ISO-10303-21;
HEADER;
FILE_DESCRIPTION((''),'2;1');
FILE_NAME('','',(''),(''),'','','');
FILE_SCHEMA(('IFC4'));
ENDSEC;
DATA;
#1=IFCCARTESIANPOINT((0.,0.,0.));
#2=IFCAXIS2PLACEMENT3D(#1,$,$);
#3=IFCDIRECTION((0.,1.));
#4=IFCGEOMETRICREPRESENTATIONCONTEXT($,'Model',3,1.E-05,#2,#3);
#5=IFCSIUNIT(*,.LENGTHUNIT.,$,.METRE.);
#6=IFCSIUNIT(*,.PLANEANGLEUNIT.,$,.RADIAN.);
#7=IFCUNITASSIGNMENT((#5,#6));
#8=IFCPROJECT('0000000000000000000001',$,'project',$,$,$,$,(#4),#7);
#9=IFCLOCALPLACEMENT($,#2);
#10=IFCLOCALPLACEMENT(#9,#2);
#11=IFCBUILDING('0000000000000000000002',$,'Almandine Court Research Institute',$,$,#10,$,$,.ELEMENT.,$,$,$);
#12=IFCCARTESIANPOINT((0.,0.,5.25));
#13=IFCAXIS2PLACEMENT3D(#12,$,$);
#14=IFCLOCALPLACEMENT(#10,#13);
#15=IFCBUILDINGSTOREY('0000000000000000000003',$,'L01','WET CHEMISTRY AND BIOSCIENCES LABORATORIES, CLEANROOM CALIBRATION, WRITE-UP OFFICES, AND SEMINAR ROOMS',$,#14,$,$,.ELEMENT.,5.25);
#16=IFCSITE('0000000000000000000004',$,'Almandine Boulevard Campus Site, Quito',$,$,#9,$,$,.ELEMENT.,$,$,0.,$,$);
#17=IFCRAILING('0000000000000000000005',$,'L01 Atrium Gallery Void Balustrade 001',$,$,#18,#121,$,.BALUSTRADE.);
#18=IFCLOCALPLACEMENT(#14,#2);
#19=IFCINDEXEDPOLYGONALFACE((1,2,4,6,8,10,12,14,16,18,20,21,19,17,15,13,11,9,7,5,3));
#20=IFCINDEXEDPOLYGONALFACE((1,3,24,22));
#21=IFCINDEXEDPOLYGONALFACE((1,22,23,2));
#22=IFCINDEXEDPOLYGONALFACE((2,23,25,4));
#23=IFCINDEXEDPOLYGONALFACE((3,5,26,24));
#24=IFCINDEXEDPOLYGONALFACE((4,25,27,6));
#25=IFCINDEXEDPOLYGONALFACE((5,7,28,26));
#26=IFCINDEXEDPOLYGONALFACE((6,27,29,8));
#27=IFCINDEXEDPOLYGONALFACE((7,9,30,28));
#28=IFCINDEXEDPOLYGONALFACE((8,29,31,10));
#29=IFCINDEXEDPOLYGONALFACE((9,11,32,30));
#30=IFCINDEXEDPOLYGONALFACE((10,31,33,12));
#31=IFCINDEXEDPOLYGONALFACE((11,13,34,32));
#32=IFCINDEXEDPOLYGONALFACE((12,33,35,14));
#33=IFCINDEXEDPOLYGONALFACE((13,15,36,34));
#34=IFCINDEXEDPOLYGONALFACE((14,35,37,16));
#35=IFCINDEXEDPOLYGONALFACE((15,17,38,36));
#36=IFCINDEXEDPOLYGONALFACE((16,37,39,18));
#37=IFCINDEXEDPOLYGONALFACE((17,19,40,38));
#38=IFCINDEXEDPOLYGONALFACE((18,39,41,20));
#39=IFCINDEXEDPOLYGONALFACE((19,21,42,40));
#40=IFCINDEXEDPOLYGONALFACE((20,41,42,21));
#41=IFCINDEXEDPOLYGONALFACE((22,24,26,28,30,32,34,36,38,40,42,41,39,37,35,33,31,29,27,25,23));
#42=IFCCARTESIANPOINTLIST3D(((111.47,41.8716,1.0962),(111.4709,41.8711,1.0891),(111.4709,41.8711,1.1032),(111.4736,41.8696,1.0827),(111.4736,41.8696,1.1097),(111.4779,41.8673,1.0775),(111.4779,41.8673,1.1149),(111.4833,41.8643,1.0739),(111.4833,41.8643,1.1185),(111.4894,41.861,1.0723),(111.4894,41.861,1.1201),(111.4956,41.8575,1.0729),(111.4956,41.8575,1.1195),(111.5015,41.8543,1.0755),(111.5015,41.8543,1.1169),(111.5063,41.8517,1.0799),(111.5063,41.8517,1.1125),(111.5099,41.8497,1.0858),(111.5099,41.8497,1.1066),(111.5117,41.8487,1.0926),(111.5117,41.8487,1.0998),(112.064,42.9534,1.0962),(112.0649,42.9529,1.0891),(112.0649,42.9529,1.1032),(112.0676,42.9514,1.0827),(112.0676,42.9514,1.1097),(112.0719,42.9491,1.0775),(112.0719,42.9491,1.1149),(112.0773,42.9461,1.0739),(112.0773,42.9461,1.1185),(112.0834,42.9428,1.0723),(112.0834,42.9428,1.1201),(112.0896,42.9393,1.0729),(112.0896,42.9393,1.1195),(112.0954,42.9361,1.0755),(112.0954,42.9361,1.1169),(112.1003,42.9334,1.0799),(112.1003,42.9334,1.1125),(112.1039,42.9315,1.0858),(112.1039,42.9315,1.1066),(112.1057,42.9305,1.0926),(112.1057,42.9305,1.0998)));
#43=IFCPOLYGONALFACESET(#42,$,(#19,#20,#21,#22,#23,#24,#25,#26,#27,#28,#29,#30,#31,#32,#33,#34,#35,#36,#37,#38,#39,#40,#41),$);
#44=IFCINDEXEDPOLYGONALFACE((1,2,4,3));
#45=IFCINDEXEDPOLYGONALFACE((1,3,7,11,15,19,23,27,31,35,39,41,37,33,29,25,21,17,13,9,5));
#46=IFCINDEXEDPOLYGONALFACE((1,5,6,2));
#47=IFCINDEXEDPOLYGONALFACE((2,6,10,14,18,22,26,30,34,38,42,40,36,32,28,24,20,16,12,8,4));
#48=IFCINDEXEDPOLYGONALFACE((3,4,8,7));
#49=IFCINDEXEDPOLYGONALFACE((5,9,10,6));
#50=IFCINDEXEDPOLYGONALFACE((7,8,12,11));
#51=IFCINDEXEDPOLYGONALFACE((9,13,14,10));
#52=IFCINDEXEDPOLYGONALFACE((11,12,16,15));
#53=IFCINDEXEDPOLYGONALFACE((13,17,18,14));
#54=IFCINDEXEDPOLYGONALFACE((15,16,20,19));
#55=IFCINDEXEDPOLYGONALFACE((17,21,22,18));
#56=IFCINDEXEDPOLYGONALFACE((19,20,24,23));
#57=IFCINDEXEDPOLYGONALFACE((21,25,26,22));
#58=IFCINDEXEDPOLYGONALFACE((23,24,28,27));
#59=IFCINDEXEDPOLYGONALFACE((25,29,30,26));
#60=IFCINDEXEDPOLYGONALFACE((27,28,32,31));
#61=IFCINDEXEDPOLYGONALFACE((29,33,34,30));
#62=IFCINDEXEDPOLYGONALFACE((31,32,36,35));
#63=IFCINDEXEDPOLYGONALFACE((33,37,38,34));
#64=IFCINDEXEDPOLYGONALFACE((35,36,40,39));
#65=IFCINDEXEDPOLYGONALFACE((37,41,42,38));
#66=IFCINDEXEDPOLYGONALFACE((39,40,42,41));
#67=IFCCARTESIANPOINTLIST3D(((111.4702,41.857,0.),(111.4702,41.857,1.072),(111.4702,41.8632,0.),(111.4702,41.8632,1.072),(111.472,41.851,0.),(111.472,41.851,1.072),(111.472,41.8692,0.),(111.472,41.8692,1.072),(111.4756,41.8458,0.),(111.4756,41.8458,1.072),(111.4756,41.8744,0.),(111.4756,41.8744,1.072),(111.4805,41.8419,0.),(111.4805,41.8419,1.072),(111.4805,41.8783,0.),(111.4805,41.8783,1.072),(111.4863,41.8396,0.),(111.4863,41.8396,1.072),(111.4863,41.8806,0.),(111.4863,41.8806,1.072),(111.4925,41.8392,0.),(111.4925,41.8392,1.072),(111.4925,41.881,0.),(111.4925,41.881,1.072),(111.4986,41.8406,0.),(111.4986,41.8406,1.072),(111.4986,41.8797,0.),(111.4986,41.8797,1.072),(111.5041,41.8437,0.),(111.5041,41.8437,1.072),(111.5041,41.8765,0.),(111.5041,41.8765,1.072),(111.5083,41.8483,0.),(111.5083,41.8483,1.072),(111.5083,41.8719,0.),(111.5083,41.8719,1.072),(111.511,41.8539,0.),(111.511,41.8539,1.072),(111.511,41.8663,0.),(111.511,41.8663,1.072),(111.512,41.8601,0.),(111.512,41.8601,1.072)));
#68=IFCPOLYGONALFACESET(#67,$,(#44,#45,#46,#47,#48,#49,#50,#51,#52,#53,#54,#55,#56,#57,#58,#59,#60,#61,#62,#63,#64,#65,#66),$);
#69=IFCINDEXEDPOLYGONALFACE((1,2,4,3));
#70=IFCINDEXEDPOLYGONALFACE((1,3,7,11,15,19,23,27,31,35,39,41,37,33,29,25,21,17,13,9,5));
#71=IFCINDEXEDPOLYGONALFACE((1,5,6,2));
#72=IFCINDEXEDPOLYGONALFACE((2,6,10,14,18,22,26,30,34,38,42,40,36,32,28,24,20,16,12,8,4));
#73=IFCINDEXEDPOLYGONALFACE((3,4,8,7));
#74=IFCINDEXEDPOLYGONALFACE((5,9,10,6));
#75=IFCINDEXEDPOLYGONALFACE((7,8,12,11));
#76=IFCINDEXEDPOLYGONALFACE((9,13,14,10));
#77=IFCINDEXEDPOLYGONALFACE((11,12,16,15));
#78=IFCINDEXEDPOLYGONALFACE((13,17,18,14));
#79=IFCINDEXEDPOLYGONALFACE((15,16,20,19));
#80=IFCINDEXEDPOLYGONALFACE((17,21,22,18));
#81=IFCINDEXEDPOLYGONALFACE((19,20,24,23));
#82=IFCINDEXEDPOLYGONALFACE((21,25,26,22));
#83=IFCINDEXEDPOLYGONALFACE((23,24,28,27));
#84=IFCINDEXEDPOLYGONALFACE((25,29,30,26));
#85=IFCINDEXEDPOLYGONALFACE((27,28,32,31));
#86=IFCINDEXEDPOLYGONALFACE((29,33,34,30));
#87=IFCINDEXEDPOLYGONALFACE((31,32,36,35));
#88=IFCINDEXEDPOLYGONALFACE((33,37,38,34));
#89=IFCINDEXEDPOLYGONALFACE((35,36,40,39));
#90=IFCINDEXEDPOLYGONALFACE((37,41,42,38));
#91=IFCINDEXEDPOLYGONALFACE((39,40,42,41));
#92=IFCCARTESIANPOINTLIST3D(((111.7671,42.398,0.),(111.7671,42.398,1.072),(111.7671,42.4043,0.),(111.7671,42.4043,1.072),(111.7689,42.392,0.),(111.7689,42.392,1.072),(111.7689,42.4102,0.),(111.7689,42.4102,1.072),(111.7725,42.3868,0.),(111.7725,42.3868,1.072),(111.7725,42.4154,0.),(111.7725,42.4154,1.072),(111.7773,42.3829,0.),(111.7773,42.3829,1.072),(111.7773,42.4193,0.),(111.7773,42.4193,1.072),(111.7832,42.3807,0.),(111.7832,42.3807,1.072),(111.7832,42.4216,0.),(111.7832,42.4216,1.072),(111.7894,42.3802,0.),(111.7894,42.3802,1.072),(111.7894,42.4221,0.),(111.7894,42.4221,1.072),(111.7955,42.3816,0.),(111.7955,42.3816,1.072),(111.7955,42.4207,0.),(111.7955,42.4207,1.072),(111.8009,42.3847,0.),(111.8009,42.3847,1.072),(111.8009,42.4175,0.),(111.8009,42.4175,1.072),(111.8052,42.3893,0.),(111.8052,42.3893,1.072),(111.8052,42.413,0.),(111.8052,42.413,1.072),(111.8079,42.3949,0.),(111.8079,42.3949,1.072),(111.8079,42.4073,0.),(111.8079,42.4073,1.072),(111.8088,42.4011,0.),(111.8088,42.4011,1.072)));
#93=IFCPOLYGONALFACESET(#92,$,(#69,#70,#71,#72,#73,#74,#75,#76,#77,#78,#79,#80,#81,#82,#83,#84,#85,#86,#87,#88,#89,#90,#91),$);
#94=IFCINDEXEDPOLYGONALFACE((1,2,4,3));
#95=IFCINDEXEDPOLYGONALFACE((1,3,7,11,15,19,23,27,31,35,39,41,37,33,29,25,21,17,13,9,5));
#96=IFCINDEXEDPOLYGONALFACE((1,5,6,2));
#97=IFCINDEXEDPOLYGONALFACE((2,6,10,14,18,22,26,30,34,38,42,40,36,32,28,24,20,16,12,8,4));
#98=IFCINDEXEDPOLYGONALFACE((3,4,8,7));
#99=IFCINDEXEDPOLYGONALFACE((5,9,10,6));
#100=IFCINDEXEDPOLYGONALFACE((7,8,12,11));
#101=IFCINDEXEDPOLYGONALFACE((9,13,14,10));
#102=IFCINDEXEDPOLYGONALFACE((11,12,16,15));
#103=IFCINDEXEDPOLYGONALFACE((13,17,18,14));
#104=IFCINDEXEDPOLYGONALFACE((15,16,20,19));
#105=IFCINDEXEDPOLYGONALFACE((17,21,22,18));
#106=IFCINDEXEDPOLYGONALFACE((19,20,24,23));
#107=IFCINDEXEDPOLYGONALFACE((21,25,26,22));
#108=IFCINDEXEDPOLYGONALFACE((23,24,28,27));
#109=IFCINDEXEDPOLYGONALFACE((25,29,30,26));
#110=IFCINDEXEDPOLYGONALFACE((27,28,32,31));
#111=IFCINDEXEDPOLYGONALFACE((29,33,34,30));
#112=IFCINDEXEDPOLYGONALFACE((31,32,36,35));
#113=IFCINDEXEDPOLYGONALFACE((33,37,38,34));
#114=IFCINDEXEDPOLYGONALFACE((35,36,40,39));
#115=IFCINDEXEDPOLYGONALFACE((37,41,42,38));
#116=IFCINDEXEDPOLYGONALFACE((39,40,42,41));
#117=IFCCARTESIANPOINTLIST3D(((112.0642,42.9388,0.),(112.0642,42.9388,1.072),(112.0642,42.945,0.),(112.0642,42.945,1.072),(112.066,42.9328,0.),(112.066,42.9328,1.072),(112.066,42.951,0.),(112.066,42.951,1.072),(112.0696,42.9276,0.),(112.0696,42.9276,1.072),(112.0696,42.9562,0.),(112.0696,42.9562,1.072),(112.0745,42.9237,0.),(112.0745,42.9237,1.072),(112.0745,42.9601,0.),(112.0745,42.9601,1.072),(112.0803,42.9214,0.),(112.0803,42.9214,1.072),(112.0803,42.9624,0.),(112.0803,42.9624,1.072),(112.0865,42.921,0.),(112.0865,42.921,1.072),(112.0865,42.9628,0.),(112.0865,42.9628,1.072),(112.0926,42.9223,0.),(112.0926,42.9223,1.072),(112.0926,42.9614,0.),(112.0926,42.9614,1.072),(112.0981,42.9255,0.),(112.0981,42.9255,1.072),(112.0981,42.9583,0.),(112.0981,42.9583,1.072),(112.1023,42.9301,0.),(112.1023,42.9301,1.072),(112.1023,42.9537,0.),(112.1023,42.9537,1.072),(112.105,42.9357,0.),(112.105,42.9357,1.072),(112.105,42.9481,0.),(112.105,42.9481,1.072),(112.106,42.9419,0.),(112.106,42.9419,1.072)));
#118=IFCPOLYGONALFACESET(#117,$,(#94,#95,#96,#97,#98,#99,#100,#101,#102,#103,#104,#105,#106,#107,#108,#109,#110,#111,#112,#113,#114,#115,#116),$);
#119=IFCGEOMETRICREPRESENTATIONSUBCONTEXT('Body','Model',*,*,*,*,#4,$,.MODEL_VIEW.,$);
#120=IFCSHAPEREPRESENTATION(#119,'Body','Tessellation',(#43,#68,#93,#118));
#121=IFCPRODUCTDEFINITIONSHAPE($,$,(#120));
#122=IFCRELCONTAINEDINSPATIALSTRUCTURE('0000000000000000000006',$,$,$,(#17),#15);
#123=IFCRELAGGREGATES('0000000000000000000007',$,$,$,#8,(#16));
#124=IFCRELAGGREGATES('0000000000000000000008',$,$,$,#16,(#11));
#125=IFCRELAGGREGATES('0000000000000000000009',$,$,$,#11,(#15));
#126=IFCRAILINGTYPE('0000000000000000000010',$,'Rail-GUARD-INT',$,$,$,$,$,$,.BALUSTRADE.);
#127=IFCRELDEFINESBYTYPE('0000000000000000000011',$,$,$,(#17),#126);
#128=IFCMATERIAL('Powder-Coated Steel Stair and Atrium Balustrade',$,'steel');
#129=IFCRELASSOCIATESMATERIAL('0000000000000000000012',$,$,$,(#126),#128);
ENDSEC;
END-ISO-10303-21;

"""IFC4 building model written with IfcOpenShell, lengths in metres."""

from ifc_helpers import new_model, si_unit, direction, frame, origin, origin_2d, place, context, subcontext, project, spatial, circle, extrude, material, type_object, element, save


model = new_model("IFC4")

# Units and contexts
model_context = context("Model", 3, precision=1e-05, world=origin(), true_north=direction((0.0, 1.0)))
body_context = subcontext(model_context, "Body", "Model", "MODEL_VIEW")
ifc_project = project(units=[si_unit("LENGTHUNIT", "METRE"), si_unit("PLANEANGLEUNIT", "RADIAN")], contexts=[model_context])

# Site, building, storey
site_placement = place(None, origin())
site = spatial("IfcSite", under=ifc_project, at=site_placement, Name="Almandine Boulevard Campus Site, Quito", CompositionType="ELEMENT", RefElevation=0.0)
building_placement = place(site_placement, origin())
building = spatial("IfcBuilding", under=site, at=building_placement, Name="Almandine Court Research Institute", CompositionType="ELEMENT")
storey_placement = place(building_placement, frame((0.0, 0.0, 5.25)))
storey = spatial("IfcBuildingStorey", under=building, at=storey_placement, Name="L01", Description="WET CHEMISTRY AND BIOSCIENCES LABORATORIES, CLEANROOM CALIBRATION, WRITE-UP OFFICES, AND SEMINAR ROOMS", CompositionType="ELEMENT", Elevation=5.25)

# Railing
ifc_material_1 = material(Name="Powder-Coated Steel Stair and Atrium Balustrade", Category="steel")
railing_type = type_object("IfcRailingType", Name="Rail-GUARD-INT", PredefinedType="BALUSTRADE", material=ifc_material_1)
railing_1_placement = place(storey_placement, frame((111.491, 41.8601, 0.0)))
element("IfcRailing", 1, at=railing_1_placement, inside=storey, type_object=railing_type, Name="L01 Atrium Gallery Void Balustrade 001", PredefinedType="BALUSTRADE", context=body_context, shape_type="SweptSolid", body=[
    extrude(circle(Radius=0.0239, at=origin_2d()), frame((0.0, 0.0, 1.0962), z_axis=(0.481304, 0.876554, 0.0), x_axis=(-0.876554, 0.481304, 0.0)), (0.0, 0.0, 1.0), 1.2341),
    extrude(circle(Radius=0.021, at=origin_2d()), origin(), (0.0, 0.0, 1.0), 1.072),
    extrude(circle(Radius=0.021, at=origin_2d()), frame((0.2969, 0.541, 0.0)), (0.0, 0.0, 1.0), 1.072),
    extrude(circle(Radius=0.021, at=origin_2d()), frame((0.594, 1.0818, 0.0)), (0.0, 0.0, 1.0), 1.072),
])

save(model, "model.ifc")
